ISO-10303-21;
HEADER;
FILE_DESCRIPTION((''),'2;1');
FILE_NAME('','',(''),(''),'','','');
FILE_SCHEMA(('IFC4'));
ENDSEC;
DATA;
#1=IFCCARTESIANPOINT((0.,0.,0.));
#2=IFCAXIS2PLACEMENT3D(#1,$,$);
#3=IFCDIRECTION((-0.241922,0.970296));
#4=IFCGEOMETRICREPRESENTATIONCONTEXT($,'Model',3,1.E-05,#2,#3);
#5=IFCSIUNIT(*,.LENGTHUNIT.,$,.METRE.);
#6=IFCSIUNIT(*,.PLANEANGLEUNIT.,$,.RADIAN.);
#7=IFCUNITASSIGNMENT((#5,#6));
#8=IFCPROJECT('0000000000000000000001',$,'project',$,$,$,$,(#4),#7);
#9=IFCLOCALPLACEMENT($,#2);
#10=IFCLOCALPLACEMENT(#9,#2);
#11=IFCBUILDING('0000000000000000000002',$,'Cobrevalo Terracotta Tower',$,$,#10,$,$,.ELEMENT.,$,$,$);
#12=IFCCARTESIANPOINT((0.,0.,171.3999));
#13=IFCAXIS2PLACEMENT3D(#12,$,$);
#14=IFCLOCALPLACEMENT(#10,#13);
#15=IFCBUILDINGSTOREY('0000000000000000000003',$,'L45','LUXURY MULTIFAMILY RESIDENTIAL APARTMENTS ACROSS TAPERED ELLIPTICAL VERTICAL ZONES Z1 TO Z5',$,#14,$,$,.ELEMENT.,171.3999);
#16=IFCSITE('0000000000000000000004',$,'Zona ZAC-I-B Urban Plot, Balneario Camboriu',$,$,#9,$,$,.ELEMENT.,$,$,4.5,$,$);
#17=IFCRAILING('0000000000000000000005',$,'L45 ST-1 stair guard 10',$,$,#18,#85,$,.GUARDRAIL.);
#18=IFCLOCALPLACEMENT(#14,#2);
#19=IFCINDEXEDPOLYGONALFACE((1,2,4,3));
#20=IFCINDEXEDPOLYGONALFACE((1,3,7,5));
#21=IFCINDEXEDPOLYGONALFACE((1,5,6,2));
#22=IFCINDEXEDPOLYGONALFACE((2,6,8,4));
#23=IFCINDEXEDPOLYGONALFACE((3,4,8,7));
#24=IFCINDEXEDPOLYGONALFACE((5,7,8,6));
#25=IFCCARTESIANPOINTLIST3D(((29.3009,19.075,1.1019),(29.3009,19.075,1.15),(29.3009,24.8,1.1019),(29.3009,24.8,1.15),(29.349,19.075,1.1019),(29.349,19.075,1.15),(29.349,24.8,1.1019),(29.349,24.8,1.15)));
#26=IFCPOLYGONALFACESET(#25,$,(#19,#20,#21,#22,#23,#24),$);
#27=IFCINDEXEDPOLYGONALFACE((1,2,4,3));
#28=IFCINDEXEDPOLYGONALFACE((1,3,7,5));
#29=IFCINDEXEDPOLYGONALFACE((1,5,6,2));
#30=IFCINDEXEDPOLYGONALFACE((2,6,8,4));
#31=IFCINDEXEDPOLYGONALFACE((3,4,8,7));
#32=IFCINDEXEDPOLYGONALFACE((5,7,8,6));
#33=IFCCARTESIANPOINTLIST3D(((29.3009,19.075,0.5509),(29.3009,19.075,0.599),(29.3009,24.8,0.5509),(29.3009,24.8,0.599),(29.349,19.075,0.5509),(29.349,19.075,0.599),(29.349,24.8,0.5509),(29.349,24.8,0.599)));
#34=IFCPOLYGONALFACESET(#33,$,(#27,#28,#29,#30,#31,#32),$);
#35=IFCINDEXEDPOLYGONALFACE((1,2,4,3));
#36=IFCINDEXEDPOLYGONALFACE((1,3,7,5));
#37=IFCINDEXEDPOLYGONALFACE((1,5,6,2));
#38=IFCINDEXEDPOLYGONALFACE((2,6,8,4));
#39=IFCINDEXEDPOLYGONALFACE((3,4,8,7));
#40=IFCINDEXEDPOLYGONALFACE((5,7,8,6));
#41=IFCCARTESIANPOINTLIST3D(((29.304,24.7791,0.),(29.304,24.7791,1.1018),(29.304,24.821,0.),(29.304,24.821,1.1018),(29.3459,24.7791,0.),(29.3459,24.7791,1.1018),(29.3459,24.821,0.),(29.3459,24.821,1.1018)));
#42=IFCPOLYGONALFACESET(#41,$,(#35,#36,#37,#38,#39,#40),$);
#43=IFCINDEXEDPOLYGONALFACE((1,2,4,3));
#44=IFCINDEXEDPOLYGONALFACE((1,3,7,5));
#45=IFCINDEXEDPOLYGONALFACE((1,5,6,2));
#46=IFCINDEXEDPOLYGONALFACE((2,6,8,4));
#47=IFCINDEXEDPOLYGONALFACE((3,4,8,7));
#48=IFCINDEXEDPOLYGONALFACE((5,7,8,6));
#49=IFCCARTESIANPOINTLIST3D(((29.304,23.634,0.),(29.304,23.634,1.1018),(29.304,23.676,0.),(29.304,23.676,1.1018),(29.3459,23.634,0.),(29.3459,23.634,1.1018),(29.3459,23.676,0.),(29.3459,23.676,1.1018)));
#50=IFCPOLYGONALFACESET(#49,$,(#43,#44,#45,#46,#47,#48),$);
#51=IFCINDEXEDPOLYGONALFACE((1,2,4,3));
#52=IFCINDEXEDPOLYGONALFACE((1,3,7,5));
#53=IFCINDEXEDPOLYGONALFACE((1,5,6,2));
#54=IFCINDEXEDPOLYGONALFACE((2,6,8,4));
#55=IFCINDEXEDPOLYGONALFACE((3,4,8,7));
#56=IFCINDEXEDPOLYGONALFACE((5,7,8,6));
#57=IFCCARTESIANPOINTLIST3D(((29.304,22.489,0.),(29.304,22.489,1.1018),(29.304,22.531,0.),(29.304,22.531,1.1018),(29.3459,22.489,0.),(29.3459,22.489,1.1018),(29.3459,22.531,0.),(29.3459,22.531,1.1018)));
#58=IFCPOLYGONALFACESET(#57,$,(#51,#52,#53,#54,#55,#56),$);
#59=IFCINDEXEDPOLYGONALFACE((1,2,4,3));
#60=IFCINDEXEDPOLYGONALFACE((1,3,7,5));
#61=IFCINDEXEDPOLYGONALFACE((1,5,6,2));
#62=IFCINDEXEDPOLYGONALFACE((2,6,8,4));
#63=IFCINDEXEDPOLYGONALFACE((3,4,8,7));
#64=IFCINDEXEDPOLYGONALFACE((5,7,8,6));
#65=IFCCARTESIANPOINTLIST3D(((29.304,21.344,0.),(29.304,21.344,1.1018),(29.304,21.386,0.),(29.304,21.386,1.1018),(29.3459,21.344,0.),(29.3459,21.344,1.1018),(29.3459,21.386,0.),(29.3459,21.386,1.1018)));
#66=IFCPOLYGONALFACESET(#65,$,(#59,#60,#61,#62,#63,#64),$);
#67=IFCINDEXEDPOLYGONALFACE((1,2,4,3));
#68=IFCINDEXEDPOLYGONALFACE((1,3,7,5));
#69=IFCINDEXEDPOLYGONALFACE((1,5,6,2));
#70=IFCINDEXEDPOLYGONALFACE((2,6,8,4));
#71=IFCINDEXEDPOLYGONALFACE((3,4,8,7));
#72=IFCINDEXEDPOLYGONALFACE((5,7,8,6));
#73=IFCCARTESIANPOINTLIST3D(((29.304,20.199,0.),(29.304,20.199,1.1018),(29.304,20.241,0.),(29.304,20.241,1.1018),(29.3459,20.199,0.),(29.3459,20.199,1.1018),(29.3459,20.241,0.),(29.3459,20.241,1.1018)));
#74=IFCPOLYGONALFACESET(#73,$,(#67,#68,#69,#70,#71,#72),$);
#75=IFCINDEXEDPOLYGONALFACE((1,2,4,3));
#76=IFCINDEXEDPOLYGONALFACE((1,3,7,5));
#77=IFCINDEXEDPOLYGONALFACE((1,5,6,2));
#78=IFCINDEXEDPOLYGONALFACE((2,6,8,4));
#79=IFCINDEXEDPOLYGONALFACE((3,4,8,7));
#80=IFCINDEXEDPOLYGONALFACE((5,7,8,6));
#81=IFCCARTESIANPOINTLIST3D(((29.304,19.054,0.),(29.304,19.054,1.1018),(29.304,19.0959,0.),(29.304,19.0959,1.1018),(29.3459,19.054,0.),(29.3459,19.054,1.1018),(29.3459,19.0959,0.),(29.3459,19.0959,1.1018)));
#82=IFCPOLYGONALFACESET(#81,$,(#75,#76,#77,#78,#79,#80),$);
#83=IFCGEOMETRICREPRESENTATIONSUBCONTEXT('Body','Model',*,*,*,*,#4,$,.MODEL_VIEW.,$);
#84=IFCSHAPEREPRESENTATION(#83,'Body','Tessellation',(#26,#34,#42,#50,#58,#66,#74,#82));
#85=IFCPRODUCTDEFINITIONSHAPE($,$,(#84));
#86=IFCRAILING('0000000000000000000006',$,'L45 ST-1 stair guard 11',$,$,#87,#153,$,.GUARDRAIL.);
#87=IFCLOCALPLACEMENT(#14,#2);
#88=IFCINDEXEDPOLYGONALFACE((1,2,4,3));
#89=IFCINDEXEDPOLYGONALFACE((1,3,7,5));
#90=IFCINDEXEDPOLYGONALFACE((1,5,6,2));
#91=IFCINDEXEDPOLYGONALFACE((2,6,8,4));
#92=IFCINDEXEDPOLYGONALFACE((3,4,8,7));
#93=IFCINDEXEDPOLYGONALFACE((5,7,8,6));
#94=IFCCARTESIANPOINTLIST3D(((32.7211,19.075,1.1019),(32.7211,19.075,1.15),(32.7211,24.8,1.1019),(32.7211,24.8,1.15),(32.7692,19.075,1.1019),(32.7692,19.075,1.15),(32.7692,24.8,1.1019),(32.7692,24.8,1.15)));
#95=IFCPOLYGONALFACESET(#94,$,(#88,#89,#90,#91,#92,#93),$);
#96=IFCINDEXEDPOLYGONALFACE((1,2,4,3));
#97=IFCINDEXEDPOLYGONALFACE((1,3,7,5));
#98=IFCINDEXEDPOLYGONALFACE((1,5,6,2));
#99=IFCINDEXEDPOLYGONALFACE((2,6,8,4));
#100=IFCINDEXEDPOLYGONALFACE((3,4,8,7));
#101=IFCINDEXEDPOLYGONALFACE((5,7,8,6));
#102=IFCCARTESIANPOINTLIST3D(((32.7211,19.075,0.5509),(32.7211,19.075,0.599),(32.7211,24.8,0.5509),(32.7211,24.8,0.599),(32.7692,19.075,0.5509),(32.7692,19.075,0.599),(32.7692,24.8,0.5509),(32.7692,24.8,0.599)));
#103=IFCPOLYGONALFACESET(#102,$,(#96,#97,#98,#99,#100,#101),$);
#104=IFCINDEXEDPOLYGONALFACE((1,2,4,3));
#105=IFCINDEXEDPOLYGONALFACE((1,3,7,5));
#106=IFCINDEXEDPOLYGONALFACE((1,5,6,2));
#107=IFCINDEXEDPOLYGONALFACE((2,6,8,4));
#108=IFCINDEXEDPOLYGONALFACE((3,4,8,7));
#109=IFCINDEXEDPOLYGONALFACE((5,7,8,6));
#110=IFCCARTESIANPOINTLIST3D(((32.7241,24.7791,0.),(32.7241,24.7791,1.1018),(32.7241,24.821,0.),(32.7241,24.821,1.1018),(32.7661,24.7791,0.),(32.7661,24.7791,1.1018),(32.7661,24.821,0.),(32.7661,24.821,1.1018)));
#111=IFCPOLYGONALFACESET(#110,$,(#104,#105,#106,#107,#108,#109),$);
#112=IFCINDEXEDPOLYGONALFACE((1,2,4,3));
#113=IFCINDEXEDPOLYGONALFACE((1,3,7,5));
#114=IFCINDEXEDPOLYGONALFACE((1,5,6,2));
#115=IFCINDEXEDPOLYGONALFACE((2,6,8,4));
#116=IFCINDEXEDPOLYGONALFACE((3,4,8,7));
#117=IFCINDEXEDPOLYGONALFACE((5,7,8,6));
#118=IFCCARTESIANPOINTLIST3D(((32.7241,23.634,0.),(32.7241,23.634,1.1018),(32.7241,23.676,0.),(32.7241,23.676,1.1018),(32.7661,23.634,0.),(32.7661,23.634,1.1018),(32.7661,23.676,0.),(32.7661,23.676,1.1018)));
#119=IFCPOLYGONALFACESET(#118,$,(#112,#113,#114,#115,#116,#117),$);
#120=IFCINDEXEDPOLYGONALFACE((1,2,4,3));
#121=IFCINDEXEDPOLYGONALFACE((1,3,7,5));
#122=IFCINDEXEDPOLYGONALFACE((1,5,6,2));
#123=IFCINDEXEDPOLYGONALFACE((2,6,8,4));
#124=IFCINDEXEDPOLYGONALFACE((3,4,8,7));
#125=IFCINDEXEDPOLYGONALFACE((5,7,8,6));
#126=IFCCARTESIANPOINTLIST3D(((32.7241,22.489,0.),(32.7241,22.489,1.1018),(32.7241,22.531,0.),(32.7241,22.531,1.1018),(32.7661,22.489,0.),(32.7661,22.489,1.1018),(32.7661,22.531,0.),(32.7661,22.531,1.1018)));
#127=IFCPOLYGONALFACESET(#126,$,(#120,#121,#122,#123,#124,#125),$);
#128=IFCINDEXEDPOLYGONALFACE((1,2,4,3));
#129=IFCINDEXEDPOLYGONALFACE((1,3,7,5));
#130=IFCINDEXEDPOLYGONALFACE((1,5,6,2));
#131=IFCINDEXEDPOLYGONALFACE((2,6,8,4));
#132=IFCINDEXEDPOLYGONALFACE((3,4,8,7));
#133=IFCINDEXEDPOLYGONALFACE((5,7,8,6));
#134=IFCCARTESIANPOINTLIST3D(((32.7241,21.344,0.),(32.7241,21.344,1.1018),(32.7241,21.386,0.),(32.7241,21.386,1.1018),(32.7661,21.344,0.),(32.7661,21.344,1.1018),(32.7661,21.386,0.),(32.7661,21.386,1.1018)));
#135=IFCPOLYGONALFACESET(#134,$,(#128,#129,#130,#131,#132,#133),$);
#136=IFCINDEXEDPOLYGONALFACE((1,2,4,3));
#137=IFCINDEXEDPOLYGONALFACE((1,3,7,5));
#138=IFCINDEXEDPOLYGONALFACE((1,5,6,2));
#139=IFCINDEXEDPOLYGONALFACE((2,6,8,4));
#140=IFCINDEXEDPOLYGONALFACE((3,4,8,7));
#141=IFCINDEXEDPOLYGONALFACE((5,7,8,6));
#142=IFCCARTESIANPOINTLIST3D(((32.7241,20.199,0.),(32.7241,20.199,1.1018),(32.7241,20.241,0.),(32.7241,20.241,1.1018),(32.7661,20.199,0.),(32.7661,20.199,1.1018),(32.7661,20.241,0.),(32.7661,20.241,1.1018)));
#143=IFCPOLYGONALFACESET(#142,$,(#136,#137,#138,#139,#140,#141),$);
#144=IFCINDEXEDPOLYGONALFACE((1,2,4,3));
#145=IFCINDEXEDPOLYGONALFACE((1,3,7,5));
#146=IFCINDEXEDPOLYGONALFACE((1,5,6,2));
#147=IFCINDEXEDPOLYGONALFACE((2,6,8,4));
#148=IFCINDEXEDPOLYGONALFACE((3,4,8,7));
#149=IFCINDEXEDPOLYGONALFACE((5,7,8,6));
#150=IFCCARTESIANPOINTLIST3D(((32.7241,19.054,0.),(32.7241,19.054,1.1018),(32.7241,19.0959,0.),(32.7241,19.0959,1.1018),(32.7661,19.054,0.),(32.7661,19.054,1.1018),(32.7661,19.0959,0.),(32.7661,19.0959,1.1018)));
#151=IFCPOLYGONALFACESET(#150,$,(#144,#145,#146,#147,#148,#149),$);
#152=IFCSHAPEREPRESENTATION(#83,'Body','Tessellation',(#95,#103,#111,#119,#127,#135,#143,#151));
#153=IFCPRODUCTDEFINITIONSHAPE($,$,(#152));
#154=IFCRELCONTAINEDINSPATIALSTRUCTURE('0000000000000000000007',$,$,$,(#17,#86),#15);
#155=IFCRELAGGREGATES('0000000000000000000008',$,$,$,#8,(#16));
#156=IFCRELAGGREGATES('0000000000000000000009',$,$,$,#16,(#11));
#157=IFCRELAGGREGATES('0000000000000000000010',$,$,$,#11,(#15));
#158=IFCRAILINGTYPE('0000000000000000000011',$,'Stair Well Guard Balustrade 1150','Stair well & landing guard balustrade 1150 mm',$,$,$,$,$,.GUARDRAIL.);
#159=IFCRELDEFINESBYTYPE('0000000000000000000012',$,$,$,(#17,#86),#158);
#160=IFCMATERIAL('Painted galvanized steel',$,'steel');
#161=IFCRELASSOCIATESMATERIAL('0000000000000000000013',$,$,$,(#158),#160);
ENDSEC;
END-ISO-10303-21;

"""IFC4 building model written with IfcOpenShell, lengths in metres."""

from ifc_helpers import new_model, si_unit, direction, frame, origin, origin_2d, place, context, subcontext, project, spatial, rectangle, extrude, material, type_object, element, save


model = new_model("IFC4")

# Units and contexts
model_context = context("Model", 3, precision=1e-05, world=origin(), true_north=direction((-0.241922, 0.970296)))
body_context = subcontext(model_context, "Body", "Model", "MODEL_VIEW")
ifc_project = project(units=[si_unit("LENGTHUNIT", "METRE"), si_unit("PLANEANGLEUNIT", "RADIAN")], contexts=[model_context])

# Site, building, storey
site_placement = place(None, origin())
site = spatial("IfcSite", under=ifc_project, at=site_placement, Name="Zona ZAC-I-B Urban Plot, Balneario Camboriu", CompositionType="ELEMENT", RefElevation=4.5)
building_placement = place(site_placement, origin())
building = spatial("IfcBuilding", under=site, at=building_placement, Name="Cobrevalo Terracotta Tower", CompositionType="ELEMENT")
storey_placement = place(building_placement, frame((0.0, 0.0, 171.3999)))
storey = spatial("IfcBuildingStorey", under=building, at=storey_placement, Name="L45", Description="LUXURY MULTIFAMILY RESIDENTIAL APARTMENTS ACROSS TAPERED ELLIPTICAL VERTICAL ZONES Z1 TO Z5", CompositionType="ELEMENT", Elevation=171.3999)

# Railings
ifc_material_1 = material(Name="Painted galvanized steel", Category="steel")
railing_type_1 = type_object("IfcRailingType", Name="Stair Well Guard Balustrade 1150", Description="Stair well & landing guard balustrade 1150 mm", PredefinedType="GUARDRAIL", material=ifc_material_1)
for number, where, name in (
    (1, (29.325, 24.8, 0.0), "L45 ST-1 stair guard 10"),
    (2, (32.7451, 24.8, 0.0), "L45 ST-1 stair guard 11"),
):
    element("IfcRailing", number, at=place(storey_placement, frame(where)), inside=storey, type_object=railing_type_1, Name=name, PredefinedType="GUARDRAIL", context=body_context, shape_type="SweptSolid", body=[
        extrude(rectangle(XDim=0.0481, YDim=0.0481, at=origin_2d()), frame((0.0, 0.0, 1.126), z_axis=(0.0, -1.0, 0.0), x_axis=(1.0, 0.0, 0.0)), (0.0, 0.0, 1.0), 5.7251),
        extrude(rectangle(XDim=0.0481, YDim=0.0481, at=origin_2d()), frame((0.0, 0.0, 0.575), z_axis=(0.0, -1.0, 0.0), x_axis=(1.0, 0.0, 0.0)), (0.0, 0.0, 1.0), 5.7251),
        extrude(rectangle(XDim=0.042, YDim=0.042, at=origin_2d()), origin(), (0.0, 0.0, 1.0), 1.1018),
        extrude(rectangle(XDim=0.042, YDim=0.042, at=origin_2d()), frame((0.0, -1.145, 0.0)), (0.0, 0.0, 1.0), 1.1018),
        extrude(rectangle(XDim=0.042, YDim=0.042, at=origin_2d()), frame((0.0, -2.29, 0.0)), (0.0, 0.0, 1.0), 1.1018),
        extrude(rectangle(XDim=0.042, YDim=0.042, at=origin_2d()), frame((0.0, -3.4351, 0.0)), (0.0, 0.0, 1.0), 1.1018),
        extrude(rectangle(XDim=0.042, YDim=0.042, at=origin_2d()), frame((0.0, -4.5801, 0.0)), (0.0, 0.0, 1.0), 1.1018),
        extrude(rectangle(XDim=0.042, YDim=0.042, at=origin_2d()), frame((0.0, -5.7251, 0.0)), (0.0, 0.0, 1.0), 1.1018),
    ])

save(model, "model.ifc")
